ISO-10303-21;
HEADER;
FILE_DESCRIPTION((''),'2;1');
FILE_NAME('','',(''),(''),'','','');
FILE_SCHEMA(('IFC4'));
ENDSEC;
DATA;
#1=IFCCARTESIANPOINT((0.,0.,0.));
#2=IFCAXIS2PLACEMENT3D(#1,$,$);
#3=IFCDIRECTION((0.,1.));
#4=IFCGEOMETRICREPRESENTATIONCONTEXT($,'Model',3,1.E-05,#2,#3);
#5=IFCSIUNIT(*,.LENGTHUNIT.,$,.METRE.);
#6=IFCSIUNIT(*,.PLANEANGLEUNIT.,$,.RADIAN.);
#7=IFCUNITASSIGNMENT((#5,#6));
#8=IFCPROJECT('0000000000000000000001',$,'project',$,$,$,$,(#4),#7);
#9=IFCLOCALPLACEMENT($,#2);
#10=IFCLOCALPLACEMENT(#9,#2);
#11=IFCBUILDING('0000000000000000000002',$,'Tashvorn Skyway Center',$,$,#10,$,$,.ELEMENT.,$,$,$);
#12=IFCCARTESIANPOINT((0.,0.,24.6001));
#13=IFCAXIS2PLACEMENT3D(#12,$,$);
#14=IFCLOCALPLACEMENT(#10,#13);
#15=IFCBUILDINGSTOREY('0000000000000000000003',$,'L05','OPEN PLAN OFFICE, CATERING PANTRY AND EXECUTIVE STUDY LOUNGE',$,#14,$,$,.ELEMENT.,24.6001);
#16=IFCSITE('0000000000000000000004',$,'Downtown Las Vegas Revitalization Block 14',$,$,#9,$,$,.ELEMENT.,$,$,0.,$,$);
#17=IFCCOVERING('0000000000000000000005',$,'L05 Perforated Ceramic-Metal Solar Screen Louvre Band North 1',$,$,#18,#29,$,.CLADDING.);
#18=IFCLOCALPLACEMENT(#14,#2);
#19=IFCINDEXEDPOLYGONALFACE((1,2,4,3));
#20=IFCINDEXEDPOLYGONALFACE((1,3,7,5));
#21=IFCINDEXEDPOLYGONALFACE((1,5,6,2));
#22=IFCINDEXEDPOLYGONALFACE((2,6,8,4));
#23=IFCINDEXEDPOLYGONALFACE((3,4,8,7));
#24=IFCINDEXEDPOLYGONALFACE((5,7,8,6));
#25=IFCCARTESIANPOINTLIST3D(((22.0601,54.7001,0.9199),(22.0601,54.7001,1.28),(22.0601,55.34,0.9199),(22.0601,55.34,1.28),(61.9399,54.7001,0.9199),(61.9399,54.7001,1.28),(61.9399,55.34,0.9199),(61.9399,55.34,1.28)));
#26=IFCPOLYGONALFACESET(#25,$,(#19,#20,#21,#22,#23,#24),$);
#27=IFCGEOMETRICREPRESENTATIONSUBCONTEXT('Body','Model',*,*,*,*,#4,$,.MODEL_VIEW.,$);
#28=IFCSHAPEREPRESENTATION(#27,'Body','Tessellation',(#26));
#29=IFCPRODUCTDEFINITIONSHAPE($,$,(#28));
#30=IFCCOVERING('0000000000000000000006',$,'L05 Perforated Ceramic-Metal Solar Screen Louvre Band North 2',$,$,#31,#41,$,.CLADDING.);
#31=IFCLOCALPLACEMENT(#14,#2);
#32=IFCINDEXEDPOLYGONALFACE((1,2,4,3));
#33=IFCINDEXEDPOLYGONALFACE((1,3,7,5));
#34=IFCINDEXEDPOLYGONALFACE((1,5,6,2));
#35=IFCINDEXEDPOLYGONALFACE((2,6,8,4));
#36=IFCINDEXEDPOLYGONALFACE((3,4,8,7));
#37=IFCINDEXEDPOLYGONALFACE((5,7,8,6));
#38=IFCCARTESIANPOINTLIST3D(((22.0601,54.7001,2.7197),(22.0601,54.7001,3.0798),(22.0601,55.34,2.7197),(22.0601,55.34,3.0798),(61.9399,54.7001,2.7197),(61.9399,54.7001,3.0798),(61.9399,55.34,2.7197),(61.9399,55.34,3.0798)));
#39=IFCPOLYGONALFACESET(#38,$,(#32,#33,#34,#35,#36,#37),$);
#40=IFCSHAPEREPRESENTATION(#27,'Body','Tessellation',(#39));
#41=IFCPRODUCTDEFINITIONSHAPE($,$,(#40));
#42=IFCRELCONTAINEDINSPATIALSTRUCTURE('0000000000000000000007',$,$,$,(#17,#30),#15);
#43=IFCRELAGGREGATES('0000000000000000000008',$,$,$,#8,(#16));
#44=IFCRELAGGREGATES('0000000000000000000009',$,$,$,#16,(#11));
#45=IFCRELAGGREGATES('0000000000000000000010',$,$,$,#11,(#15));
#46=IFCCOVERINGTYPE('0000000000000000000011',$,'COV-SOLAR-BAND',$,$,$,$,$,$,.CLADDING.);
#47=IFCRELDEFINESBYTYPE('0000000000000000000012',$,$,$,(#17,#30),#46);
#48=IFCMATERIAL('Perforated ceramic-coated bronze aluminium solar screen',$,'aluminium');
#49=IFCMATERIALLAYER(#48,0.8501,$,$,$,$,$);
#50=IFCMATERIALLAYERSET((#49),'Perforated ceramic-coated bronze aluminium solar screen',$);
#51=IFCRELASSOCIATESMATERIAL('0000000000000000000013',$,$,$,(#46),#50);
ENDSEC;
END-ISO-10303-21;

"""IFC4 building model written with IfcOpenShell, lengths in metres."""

from ifc_helpers import new_model, si_unit, direction, frame, origin, origin_2d, place, context, subcontext, project, spatial, rectangle, extrude, material, layer, layer_set, type_object, element, save


model = new_model("IFC4")

# Units and contexts
model_context = context("Model", 3, precision=1e-05, world=origin(), true_north=direction((0.0, 1.0)))
body_context = subcontext(model_context, "Body", "Model", "MODEL_VIEW")
ifc_project = project(units=[si_unit("LENGTHUNIT", "METRE"), si_unit("PLANEANGLEUNIT", "RADIAN")], contexts=[model_context])

# Site, building, storey
site_placement = place(None, origin())
site = spatial("IfcSite", under=ifc_project, at=site_placement, Name="Downtown Las Vegas Revitalization Block 14", CompositionType="ELEMENT", RefElevation=0.0)
building_placement = place(site_placement, origin())
building = spatial("IfcBuilding", under=site, at=building_placement, Name="Tashvorn Skyway Center", CompositionType="ELEMENT")
storey_placement = place(building_placement, frame((0.0, 0.0, 24.6001)))
storey = spatial("IfcBuildingStorey", under=building, at=storey_placement, Name="L05", Description="OPEN PLAN OFFICE, CATERING PANTRY AND EXECUTIVE STUDY LOUNGE", CompositionType="ELEMENT", Elevation=24.6001)

# Coverings
ifc_material_1 = material(Name="Perforated ceramic-coated bronze aluminium solar screen", Category="aluminium")
ifc_layer_1 = layer(ifc_material_1, 0.8501)
ifc_layer_set_1 = layer_set([ifc_layer_1], Name="Perforated ceramic-coated bronze aluminium solar screen")
covering_type_1 = type_object("IfcCoveringType", Name="COV-SOLAR-BAND", PredefinedType="CLADDING", material=ifc_layer_set_1)
for number, where, z_axis, x_axis, name in (
    (1, (42.0, 55.02, 0.9199), (0.0, 0.0, 1.0), (1.0, 0.0, 0.0), "L05 Perforated Ceramic-Metal Solar Screen Louvre Band North 1"),
    (2, (42.0, 55.02, 2.7197), (0.0, 0.0, 1.0), (1.0, 0.0, 0.0), "L05 Perforated Ceramic-Metal Solar Screen Louvre Band North 2"),
):
    element("IfcCovering", number, at=place(storey_placement, frame(where, z_axis=z_axis, x_axis=x_axis)), inside=storey, type_object=covering_type_1, Name=name, PredefinedType="CLADDING", context=body_context, shape_type="SweptSolid", body=[
        extrude(rectangle(XDim=39.8799, YDim=0.6399, at=origin_2d()), origin(), (0.0, 0.0, 1.0), 0.3601),
    ])

save(model, "model.ifc")
